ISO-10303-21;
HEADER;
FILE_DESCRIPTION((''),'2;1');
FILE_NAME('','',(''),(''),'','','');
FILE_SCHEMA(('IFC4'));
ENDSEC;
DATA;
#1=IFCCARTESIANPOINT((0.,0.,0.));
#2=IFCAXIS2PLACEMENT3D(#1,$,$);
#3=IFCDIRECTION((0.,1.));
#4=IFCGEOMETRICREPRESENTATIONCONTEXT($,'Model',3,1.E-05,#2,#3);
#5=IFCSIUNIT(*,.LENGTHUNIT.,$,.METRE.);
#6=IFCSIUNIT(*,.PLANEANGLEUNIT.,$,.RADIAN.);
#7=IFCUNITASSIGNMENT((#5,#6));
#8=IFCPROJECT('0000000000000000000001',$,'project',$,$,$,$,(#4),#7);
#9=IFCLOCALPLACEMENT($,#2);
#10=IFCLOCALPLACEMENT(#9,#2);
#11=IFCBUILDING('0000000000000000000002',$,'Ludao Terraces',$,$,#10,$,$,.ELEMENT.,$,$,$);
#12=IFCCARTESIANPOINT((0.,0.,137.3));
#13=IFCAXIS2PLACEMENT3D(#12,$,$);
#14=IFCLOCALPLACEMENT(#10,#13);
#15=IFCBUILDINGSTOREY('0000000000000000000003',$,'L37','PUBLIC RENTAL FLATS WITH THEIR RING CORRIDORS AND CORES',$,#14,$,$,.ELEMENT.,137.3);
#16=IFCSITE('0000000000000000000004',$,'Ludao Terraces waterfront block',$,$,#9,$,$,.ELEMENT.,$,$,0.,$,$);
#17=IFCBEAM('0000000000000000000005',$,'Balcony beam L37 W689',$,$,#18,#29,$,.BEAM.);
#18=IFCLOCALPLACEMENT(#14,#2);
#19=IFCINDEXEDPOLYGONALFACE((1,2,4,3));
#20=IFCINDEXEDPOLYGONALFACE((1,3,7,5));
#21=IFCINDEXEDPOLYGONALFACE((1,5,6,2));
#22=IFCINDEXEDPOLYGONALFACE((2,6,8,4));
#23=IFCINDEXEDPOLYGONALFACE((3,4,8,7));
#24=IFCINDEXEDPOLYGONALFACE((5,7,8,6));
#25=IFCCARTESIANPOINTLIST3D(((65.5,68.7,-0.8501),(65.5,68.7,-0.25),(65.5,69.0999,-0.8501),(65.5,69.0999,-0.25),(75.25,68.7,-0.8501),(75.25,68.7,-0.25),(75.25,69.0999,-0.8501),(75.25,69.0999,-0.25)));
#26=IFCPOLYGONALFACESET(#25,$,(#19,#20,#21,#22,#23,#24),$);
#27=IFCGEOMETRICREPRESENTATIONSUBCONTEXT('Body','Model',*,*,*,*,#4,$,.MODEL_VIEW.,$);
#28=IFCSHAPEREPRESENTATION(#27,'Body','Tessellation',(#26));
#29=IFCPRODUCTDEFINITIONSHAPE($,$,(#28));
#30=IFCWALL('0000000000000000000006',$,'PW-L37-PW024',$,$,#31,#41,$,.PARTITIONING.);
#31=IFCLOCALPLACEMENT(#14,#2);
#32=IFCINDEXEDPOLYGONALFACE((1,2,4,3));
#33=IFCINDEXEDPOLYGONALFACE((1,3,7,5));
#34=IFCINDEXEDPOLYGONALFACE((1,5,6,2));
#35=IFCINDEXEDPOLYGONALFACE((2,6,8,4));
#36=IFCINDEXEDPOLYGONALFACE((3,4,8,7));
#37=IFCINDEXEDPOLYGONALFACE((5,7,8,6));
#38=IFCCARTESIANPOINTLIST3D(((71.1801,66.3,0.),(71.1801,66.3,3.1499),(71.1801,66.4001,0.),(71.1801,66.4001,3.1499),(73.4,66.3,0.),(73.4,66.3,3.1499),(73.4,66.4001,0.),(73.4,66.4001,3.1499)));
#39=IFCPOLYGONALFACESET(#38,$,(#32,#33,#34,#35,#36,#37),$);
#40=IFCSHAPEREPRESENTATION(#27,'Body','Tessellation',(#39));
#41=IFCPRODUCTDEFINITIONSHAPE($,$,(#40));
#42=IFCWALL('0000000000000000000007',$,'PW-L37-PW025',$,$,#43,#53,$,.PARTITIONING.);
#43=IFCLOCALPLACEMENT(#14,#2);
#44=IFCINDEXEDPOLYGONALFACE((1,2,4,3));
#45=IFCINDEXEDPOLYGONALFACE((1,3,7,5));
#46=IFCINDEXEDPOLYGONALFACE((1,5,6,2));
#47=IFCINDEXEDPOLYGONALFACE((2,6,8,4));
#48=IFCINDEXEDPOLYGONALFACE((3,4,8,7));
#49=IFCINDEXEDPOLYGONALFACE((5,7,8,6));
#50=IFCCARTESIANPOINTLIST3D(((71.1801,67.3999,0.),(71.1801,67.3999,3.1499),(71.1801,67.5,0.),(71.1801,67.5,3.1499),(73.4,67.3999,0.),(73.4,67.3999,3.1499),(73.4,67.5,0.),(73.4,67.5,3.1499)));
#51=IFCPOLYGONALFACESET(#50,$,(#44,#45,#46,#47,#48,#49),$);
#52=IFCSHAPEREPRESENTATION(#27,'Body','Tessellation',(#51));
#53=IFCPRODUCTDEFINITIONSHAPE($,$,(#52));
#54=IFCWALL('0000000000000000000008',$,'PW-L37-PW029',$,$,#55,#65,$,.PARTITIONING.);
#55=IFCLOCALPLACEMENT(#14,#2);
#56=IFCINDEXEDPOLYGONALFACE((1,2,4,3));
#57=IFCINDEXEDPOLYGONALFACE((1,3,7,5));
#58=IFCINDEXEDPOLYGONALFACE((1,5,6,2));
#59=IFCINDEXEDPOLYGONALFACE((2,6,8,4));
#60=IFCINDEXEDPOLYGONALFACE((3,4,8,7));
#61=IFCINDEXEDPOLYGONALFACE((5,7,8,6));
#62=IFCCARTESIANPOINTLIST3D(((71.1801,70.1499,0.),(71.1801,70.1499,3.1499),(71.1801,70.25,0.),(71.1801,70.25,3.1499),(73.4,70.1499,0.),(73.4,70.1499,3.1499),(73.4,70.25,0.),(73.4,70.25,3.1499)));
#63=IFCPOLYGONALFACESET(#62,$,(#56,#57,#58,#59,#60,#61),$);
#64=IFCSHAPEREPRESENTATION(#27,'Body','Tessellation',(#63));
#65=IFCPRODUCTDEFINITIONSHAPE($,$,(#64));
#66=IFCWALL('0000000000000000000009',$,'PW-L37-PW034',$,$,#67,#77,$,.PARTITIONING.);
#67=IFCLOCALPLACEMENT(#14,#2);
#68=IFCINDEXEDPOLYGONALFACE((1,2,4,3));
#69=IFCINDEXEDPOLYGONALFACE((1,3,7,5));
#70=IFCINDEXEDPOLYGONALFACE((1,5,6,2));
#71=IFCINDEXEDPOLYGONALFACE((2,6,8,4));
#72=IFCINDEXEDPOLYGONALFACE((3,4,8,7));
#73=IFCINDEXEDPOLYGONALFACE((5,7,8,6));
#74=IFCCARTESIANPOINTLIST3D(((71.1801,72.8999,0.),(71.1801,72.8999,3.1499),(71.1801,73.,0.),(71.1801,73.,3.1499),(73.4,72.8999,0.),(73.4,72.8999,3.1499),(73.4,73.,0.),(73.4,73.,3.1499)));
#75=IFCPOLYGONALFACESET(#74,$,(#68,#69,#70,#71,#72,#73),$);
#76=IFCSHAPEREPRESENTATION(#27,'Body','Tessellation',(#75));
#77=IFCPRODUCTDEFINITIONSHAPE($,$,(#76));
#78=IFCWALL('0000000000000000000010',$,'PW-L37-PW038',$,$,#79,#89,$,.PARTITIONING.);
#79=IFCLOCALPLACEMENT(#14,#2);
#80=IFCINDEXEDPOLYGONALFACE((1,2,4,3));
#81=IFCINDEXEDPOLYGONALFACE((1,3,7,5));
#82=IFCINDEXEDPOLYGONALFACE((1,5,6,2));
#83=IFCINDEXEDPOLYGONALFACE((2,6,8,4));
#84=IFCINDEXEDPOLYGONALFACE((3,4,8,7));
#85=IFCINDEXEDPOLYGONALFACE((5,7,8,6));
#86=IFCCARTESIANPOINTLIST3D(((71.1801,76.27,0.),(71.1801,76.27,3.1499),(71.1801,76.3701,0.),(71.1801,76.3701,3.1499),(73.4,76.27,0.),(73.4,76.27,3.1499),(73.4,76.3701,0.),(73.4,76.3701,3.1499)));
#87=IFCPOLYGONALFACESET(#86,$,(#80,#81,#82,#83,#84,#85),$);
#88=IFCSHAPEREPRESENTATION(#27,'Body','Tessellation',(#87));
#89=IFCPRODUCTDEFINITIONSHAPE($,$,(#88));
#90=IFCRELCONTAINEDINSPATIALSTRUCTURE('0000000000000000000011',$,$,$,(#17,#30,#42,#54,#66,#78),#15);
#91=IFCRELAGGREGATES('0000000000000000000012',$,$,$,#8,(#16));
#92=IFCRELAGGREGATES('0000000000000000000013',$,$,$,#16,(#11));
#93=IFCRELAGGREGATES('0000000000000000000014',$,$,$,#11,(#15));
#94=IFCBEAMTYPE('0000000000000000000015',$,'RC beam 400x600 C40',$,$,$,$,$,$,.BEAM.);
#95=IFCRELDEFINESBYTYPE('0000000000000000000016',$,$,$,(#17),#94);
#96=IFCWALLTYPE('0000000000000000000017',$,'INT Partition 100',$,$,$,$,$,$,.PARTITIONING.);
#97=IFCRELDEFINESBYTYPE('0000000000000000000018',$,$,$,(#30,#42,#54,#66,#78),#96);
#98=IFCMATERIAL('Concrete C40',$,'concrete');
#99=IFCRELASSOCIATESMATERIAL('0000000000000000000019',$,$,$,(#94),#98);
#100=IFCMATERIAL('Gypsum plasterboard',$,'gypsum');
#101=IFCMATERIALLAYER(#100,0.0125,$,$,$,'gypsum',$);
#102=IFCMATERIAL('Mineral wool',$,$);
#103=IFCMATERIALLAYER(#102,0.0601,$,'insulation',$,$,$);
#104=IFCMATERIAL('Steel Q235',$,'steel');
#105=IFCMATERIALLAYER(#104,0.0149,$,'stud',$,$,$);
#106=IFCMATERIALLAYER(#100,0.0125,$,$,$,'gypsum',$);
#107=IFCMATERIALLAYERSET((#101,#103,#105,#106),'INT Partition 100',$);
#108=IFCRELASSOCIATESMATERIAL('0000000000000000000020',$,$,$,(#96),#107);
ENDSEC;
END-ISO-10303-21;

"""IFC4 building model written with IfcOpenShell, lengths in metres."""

from ifc_helpers import new_model, si_unit, direction, frame, frame_2d, origin, origin_2d, place, context, subcontext, project, spatial, rectangle, extrude, material, layer, layer_set, material_profile, profile_set, type_object, element, save


model = new_model("IFC4")

# Units and contexts
model_context = context("Model", 3, precision=1e-05, world=origin(), true_north=direction((0.0, 1.0)))
body_context = subcontext(model_context, "Body", "Model", "MODEL_VIEW")
ifc_project = project(units=[si_unit("LENGTHUNIT", "METRE"), si_unit("PLANEANGLEUNIT", "RADIAN")], contexts=[model_context])

# Site, building, storey
site_placement = place(None, origin())
site = spatial("IfcSite", under=ifc_project, at=site_placement, Name="Ludao Terraces waterfront block", CompositionType="ELEMENT", RefElevation=0.0)
building_placement = place(site_placement, origin())
building = spatial("IfcBuilding", under=site, at=building_placement, Name="Ludao Terraces", CompositionType="ELEMENT")
storey_placement = place(building_placement, frame((0.0, 0.0, 137.3)))
storey = spatial("IfcBuildingStorey", under=building, at=storey_placement, Name="L37", Description="PUBLIC RENTAL FLATS WITH THEIR RING CORRIDORS AND CORES", CompositionType="ELEMENT", Elevation=137.3)

# Beam
ifc_material_1 = material(Name="Concrete C40", Category="concrete")
ifc_material_profile = material_profile(ifc_material_1, rectangle(XDim=0.3999, YDim=0.6001, at=origin_2d()), Name="400 X 600")
ifc_profile_set = profile_set([ifc_material_profile], Name="Concrete C40")
beam_type = type_object("IfcBeamType", Name="RC beam 400x600 C40", PredefinedType="BEAM", material=ifc_profile_set)
beam_placement = place(storey_placement, frame((75.25, 68.8999, -0.55), z_axis=(-1.0, 0.0, 0.0), x_axis=(0.0, -1.0, 0.0)))
element("IfcBeam", 1, at=beam_placement, inside=storey, type_object=beam_type, Name="Balcony beam L37 W689", PredefinedType="BEAM", context=body_context, shape_type="SweptSolid", body=[
    extrude(rectangle(XDim=0.3999, YDim=0.6001, at=origin_2d()), origin(), (0.0, 0.0, 1.0), 9.75),
])

# Walls
ifc_material_2 = material(Name="Gypsum plasterboard", Category="gypsum")
ifc_layer_1 = layer(ifc_material_2, 0.0125, Category="gypsum")
ifc_material_3 = material(Name="Mineral wool")
ifc_layer_2 = layer(ifc_material_3, 0.0601, Name="insulation")
ifc_material_4 = material(Name="Steel Q235", Category="steel")
ifc_layer_3 = layer(ifc_material_4, 0.0149, Name="stud")
ifc_layer_4 = layer(ifc_material_2, 0.0125, Category="gypsum")
ifc_layer_set_1 = layer_set([ifc_layer_1, ifc_layer_2, ifc_layer_3, ifc_layer_4], Name="INT Partition 100")
wall_type_1 = type_object("IfcWallType", Name="INT Partition 100", PredefinedType="PARTITIONING", material=ifc_layer_set_1)
for number, where, z_axis, x_axis, name in (
    (2, (71.1802, 66.3501, 0.0), (0.0, 0.0, 1.0), (1.0, 0.0, 0.0), "PW-L37-PW024"),
    (3, (71.1802, 67.45, 0.0), (0.0, 0.0, 1.0), (1.0, 0.0, 0.0), "PW-L37-PW025"),
    (4, (71.1802, 70.2, 0.0), (0.0, 0.0, 1.0), (1.0, 0.0, 0.0), "PW-L37-PW029"),
    (5, (71.1802, 72.95, 0.0), (0.0, 0.0, 1.0), (1.0, 0.0, 0.0), "PW-L37-PW034"),
    (6, (71.1802, 76.3201, 0.0), (0.0, 0.0, 1.0), (1.0, 0.0, 0.0), "PW-L37-PW038"),
):
    element("IfcWall", number, at=place(storey_placement, frame(where, z_axis=z_axis, x_axis=x_axis)), inside=storey, type_object=wall_type_1, Name=name, PredefinedType="PARTITIONING", context=body_context, shape_type="SweptSolid", body=[
        extrude(rectangle(XDim=2.22, YDim=0.1001, at=frame_2d((1.1099, 0.0))), origin(), (0.0, 0.0, 1.0), 3.1499),
    ])

save(model, "model.ifc")
